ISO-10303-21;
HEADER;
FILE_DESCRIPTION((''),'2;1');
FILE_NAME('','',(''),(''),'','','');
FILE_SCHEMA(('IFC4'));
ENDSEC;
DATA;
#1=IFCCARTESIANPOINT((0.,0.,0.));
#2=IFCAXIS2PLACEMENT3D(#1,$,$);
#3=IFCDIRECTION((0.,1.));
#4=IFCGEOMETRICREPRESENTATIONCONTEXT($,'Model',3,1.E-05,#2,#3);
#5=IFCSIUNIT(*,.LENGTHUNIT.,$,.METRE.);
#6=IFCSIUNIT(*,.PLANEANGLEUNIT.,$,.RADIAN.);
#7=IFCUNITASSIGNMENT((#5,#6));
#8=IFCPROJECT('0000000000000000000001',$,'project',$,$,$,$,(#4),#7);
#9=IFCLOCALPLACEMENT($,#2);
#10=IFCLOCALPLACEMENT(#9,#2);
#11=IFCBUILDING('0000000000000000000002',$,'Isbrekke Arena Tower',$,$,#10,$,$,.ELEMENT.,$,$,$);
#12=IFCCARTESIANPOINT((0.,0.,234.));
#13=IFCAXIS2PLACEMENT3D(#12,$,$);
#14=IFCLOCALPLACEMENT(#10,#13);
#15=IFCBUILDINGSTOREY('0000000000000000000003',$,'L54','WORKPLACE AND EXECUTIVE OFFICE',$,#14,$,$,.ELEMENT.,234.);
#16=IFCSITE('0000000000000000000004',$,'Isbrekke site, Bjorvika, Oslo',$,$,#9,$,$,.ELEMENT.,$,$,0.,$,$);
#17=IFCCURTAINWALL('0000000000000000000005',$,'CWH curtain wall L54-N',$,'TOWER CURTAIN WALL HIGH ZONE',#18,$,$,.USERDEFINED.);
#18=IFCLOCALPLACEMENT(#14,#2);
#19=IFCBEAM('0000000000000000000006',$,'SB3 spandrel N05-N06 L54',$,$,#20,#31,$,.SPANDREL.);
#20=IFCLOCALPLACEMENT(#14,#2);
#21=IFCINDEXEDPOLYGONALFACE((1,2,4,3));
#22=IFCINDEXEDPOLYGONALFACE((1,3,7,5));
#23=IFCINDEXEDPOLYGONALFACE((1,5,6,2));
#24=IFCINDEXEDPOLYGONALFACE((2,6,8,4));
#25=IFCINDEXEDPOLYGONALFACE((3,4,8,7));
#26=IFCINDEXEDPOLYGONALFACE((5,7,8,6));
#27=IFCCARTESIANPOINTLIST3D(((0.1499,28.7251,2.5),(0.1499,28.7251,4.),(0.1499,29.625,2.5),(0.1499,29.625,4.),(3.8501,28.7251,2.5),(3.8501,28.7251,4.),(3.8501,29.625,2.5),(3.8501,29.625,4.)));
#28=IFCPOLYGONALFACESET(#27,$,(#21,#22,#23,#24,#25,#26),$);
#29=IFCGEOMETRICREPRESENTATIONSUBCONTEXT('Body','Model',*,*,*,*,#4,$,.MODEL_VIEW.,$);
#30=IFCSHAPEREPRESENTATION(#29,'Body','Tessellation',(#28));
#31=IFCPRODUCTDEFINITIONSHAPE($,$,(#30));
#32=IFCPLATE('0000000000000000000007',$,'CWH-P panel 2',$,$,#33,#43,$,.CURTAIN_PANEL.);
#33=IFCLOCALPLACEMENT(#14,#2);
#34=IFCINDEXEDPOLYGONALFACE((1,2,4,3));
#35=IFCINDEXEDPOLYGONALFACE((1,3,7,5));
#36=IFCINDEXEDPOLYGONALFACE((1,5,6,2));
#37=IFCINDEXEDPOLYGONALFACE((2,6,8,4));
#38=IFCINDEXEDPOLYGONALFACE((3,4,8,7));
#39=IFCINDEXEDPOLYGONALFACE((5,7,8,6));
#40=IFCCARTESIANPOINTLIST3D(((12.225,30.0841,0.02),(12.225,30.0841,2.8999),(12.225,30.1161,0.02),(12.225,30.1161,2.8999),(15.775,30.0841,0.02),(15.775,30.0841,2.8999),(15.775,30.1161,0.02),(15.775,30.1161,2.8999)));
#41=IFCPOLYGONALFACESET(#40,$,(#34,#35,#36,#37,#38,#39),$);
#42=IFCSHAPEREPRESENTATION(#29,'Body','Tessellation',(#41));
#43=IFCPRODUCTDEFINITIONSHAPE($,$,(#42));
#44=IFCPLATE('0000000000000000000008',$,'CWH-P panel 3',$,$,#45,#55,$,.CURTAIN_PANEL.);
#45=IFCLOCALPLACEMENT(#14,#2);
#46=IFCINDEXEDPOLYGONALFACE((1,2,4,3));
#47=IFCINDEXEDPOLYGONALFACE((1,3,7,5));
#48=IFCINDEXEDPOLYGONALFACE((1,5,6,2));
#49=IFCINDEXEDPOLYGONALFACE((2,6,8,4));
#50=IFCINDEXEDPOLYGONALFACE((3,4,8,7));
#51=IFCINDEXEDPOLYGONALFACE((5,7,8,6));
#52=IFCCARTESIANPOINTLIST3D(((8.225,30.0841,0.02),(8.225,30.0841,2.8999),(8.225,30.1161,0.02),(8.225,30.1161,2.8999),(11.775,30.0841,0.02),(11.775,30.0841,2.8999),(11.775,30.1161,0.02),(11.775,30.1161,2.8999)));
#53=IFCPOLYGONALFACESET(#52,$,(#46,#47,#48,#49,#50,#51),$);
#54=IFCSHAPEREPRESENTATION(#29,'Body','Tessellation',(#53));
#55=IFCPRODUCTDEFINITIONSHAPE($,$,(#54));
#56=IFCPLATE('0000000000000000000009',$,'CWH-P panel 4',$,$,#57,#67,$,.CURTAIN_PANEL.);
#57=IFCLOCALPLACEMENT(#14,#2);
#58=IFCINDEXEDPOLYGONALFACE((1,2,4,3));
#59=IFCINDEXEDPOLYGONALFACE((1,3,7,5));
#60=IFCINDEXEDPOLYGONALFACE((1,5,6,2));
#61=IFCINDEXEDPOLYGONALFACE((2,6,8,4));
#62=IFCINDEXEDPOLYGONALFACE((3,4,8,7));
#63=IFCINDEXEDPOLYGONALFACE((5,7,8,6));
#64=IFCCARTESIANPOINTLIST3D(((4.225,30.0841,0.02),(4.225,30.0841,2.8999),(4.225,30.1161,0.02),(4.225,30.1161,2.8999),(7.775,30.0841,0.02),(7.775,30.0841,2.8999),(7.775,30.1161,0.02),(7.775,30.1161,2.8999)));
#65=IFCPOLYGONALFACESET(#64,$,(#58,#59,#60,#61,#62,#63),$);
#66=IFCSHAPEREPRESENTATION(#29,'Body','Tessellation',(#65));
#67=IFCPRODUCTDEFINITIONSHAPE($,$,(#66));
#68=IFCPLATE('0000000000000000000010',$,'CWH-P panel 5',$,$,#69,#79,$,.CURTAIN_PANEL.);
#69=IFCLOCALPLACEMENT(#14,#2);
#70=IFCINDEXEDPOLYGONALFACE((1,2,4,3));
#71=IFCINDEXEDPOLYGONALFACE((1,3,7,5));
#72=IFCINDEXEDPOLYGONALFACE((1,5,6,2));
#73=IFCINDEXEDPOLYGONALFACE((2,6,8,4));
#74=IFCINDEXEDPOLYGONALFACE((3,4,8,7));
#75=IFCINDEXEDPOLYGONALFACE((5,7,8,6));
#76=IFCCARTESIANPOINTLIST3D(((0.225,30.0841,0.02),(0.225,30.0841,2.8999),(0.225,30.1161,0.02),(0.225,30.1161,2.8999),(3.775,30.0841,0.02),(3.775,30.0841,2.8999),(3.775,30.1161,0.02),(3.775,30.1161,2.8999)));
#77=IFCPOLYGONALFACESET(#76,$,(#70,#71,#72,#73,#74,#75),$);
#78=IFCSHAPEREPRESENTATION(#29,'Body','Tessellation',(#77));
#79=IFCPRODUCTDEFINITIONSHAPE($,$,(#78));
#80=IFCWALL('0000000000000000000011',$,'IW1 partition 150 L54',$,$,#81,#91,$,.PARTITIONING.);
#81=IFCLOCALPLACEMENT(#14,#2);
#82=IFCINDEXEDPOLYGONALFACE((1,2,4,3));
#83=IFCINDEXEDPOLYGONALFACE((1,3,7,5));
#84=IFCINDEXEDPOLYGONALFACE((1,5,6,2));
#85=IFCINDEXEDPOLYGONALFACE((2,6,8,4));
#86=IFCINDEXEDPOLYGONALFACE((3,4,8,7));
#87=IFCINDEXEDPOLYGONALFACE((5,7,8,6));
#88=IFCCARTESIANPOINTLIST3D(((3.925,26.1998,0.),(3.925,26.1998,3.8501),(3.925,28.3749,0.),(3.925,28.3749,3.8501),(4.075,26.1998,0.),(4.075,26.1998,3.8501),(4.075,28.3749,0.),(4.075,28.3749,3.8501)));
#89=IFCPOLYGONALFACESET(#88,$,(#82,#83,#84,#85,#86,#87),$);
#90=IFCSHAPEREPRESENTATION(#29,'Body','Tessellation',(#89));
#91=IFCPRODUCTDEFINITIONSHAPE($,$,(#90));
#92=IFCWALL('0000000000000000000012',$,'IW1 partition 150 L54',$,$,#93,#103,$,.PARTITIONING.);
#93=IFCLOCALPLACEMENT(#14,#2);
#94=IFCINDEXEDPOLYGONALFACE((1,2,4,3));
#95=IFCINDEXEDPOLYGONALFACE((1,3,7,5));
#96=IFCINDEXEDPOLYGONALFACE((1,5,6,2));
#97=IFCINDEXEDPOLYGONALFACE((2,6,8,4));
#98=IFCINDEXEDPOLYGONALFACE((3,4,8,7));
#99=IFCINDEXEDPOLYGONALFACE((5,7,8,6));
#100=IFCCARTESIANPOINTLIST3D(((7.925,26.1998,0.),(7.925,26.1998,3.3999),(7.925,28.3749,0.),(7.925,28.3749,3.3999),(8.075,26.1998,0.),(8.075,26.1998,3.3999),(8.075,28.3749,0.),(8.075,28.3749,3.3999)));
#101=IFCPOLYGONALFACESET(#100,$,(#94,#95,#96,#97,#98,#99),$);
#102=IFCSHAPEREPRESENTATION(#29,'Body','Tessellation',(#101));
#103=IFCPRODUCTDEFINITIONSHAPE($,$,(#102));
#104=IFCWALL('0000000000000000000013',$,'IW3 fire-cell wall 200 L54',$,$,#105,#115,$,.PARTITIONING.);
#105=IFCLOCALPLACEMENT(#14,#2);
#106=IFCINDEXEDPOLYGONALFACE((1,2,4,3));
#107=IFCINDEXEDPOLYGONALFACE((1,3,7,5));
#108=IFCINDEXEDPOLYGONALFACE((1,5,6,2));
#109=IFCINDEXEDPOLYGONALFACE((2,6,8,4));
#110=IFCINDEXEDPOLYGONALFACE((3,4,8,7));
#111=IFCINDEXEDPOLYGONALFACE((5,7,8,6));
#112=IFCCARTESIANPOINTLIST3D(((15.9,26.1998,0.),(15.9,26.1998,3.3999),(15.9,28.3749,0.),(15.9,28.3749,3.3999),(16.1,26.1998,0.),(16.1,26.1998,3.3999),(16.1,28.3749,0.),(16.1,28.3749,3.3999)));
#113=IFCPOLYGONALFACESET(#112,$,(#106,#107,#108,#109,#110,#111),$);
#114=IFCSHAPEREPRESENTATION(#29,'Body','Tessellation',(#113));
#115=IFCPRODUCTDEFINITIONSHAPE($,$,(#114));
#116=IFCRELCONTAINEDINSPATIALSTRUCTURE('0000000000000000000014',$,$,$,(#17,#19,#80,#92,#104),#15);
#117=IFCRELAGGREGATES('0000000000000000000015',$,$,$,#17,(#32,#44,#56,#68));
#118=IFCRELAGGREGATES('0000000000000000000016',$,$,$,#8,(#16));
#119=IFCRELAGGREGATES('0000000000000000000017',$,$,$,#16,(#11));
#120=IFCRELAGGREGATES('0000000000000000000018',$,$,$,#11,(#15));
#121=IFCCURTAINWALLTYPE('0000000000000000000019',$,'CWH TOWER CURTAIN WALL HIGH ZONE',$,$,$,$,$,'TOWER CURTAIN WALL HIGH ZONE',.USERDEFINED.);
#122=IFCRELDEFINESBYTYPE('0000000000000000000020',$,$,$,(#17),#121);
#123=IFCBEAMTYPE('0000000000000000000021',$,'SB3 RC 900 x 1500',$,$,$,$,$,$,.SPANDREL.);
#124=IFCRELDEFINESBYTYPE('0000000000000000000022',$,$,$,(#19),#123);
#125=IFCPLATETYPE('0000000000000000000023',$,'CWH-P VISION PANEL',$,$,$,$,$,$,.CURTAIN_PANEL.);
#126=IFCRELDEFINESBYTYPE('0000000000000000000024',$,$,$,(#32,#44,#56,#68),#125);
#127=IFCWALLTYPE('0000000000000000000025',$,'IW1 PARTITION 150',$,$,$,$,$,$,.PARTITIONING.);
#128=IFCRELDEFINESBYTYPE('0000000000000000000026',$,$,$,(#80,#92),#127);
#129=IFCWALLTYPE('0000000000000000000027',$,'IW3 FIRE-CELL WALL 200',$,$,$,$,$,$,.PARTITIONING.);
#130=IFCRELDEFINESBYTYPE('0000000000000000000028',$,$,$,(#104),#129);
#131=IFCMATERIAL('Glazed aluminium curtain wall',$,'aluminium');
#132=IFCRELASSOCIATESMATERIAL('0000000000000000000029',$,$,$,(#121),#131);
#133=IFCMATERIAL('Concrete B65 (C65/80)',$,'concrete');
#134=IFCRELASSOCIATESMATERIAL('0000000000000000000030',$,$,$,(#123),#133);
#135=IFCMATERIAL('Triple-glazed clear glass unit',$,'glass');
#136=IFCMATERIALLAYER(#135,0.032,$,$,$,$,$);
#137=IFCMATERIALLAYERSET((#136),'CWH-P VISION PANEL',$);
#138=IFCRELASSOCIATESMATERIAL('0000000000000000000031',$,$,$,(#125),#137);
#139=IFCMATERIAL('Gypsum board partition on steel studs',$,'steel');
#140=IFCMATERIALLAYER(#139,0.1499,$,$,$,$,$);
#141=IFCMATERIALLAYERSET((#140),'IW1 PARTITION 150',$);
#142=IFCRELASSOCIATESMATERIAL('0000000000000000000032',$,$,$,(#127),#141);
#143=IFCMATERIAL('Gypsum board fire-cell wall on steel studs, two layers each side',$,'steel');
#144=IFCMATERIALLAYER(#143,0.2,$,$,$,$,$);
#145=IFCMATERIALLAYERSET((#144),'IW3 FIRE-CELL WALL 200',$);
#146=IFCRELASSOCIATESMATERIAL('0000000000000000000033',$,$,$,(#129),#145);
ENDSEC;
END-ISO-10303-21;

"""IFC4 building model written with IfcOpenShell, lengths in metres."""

from ifc_helpers import new_model, si_unit, direction, frame, frame_2d, origin, origin_2d, place, context, subcontext, project, spatial, rectangle, extrude, material, layer, layer_set, material_profile, profile_set, type_object, element, aggregate, save


model = new_model("IFC4")

# Units and contexts
model_context = context("Model", 3, precision=1e-05, world=origin(), true_north=direction((0.0, 1.0)))
body_context = subcontext(model_context, "Body", "Model", "MODEL_VIEW")
ifc_project = project(units=[si_unit("LENGTHUNIT", "METRE"), si_unit("PLANEANGLEUNIT", "RADIAN")], contexts=[model_context])

# Site, building, storey
site_placement = place(None, origin())
site = spatial("IfcSite", under=ifc_project, at=site_placement, Name="Isbrekke site, Bjorvika, Oslo", CompositionType="ELEMENT", RefElevation=0.0)
building_placement = place(site_placement, origin())
building = spatial("IfcBuilding", under=site, at=building_placement, Name="Isbrekke Arena Tower", CompositionType="ELEMENT")
storey_placement = place(building_placement, frame((0.0, 0.0, 234.0)))
storey = spatial("IfcBuildingStorey", under=building, at=storey_placement, Name="L54", Description="WORKPLACE AND EXECUTIVE OFFICE", CompositionType="ELEMENT", Elevation=234.0)

# Curtain wall
ifc_material_1 = material(Name="Glazed aluminium curtain wall", Category="aluminium")
curtain_wall_type = type_object("IfcCurtainWallType", Name="CWH TOWER CURTAIN WALL HIGH ZONE", ElementType="TOWER CURTAIN WALL HIGH ZONE", PredefinedType="USERDEFINED", material=ifc_material_1)
curtain_wall_placement = place(storey_placement, origin())
curtain_wall = element("IfcCurtainWall", 1, at=curtain_wall_placement, inside=storey, type_object=curtain_wall_type, Name="CWH curtain wall L54-N", ObjectType="TOWER CURTAIN WALL HIGH ZONE", PredefinedType="USERDEFINED")

# Beam
ifc_material_2 = material(Name="Concrete B65 (C65/80)", Category="concrete")
ifc_material_profile_1 = material_profile(ifc_material_2, rectangle(XDim=0.8999, YDim=1.5, at=origin_2d()), Name="RC 900x1500")
ifc_profile_set_1 = profile_set([ifc_material_profile_1], Name="Concrete B65 (C65/80)")
beam_type_1 = type_object("IfcBeamType", Name="SB3 RC 900 x 1500", PredefinedType="SPANDREL", material=ifc_profile_set_1)
for number, where, z_axis, x_axis, name in (
    (2, (3.8501, 29.175, 3.25), (-1.0, 0.0, 0.0), (0.0, -1.0, 0.0), "SB3 spandrel N05-N06 L54"),
):
    element("IfcBeam", number, at=place(storey_placement, frame(where, z_axis=z_axis, x_axis=x_axis)), inside=storey, type_object=beam_type_1, Name=name, PredefinedType="SPANDREL", context=body_context, shape_type="SweptSolid", body=[
        extrude(rectangle(XDim=0.8999, YDim=1.5, at=origin_2d()), origin(), (0.0, 0.0, 1.0), 3.7002),
    ])

# Plates
ifc_material_3 = material(Name="Triple-glazed clear glass unit", Category="glass")
ifc_layer_1 = layer(ifc_material_3, 0.032)
ifc_layer_set_1 = layer_set([ifc_layer_1], Name="CWH-P VISION PANEL")
plate_type = type_object("IfcPlateType", Name="CWH-P VISION PANEL", PredefinedType="CURTAIN_PANEL", material=ifc_layer_set_1)
plate_1_placement = place(storey_placement, frame((14.0, 30.1001, 0.02), z_axis=(0.0, 0.0, 1.0), x_axis=(-1.0, 0.0, 0.0)))
plate_1 = element("IfcPlate", 3, at=plate_1_placement, type_object=plate_type, Name="CWH-P panel 2", PredefinedType="CURTAIN_PANEL", context=body_context, shape_type="SweptSolid", body=[
    extrude(rectangle(XDim=3.55, YDim=0.032, at=origin_2d()), origin(), (0.0, 0.0, 1.0), 2.8799),
])
plate_2_placement = place(storey_placement, frame((10.0, 30.1001, 0.02), z_axis=(0.0, 0.0, 1.0), x_axis=(-1.0, 0.0, 0.0)))
plate_2 = element("IfcPlate", 4, at=plate_2_placement, type_object=plate_type, Name="CWH-P panel 3", PredefinedType="CURTAIN_PANEL", context=body_context, shape_type="SweptSolid", body=[
    extrude(rectangle(XDim=3.55, YDim=0.032, at=origin_2d()), origin(), (0.0, 0.0, 1.0), 2.8799),
])
plate_3_placement = place(storey_placement, frame((6.0, 30.1001, 0.02), z_axis=(0.0, 0.0, 1.0), x_axis=(-1.0, 0.0, 0.0)))
plate_3 = element("IfcPlate", 5, at=plate_3_placement, type_object=plate_type, Name="CWH-P panel 4", PredefinedType="CURTAIN_PANEL", context=body_context, shape_type="SweptSolid", body=[
    extrude(rectangle(XDim=3.55, YDim=0.032, at=origin_2d()), origin(), (0.0, 0.0, 1.0), 2.8799),
])
plate_4_placement = place(storey_placement, frame((2.0, 30.1001, 0.02), z_axis=(0.0, 0.0, 1.0), x_axis=(-1.0, 0.0, 0.0)))
plate_4 = element("IfcPlate", 6, at=plate_4_placement, type_object=plate_type, Name="CWH-P panel 5", PredefinedType="CURTAIN_PANEL", context=body_context, shape_type="SweptSolid", body=[
    extrude(rectangle(XDim=3.55, YDim=0.032, at=origin_2d()), origin(), (0.0, 0.0, 1.0), 2.8799),
])
aggregate(curtain_wall, [plate_1, plate_2, plate_3, plate_4])

# Walls
ifc_material_4 = material(Name="Gypsum board partition on steel studs", Category="steel")
ifc_layer_2 = layer(ifc_material_4, 0.1499)
ifc_layer_set_2 = layer_set([ifc_layer_2], Name="IW1 PARTITION 150")
wall_type_1 = type_object("IfcWallType", Name="IW1 PARTITION 150", PredefinedType="PARTITIONING", material=ifc_layer_set_2)
wall_1_placement = place(storey_placement, frame((4.0, 26.2, 0.0), z_axis=(0.0, 0.0, 1.0), x_axis=(0.0, 1.0, 0.0)))
element("IfcWall", 7, at=wall_1_placement, inside=storey, type_object=wall_type_1, Name="IW1 partition 150 L54", PredefinedType="PARTITIONING", context=body_context, shape_type="SweptSolid", body=[
    extrude(rectangle(XDim=2.175, YDim=0.1499, at=frame_2d((1.0874, 0.0))), origin(), (0.0, 0.0, 1.0), 3.8501),
])
wall_2_placement = place(storey_placement, frame((8.0, 26.2, 0.0), z_axis=(0.0, 0.0, 1.0), x_axis=(0.0, 1.0, 0.0)))
element("IfcWall", 8, at=wall_2_placement, inside=storey, type_object=wall_type_1, Name="IW1 partition 150 L54", PredefinedType="PARTITIONING", context=body_context, shape_type="SweptSolid", body=[
    extrude(rectangle(XDim=2.175, YDim=0.1499, at=frame_2d((1.0874, 0.0))), origin(), (0.0, 0.0, 1.0), 3.3999),
])
ifc_material_5 = material(Name="Gypsum board fire-cell wall on steel studs, two layers each side", Category="steel")
ifc_layer_3 = layer(ifc_material_5, 0.2)
ifc_layer_set_3 = layer_set([ifc_layer_3], Name="IW3 FIRE-CELL WALL 200")
wall_type_2 = type_object("IfcWallType", Name="IW3 FIRE-CELL WALL 200", PredefinedType="PARTITIONING", material=ifc_layer_set_3)
wall_3_placement = place(storey_placement, frame((16.0, 26.2, 0.0), z_axis=(0.0, 0.0, 1.0), x_axis=(0.0, 1.0, 0.0)))
element("IfcWall", 9, at=wall_3_placement, inside=storey, type_object=wall_type_2, Name="IW3 fire-cell wall 200 L54", PredefinedType="PARTITIONING", context=body_context, shape_type="SweptSolid", body=[
    extrude(rectangle(XDim=2.175, YDim=0.2, at=frame_2d((1.0874, 0.0))), origin(), (0.0, 0.0, 1.0), 3.3999),
])

save(model, "model.ifc")
